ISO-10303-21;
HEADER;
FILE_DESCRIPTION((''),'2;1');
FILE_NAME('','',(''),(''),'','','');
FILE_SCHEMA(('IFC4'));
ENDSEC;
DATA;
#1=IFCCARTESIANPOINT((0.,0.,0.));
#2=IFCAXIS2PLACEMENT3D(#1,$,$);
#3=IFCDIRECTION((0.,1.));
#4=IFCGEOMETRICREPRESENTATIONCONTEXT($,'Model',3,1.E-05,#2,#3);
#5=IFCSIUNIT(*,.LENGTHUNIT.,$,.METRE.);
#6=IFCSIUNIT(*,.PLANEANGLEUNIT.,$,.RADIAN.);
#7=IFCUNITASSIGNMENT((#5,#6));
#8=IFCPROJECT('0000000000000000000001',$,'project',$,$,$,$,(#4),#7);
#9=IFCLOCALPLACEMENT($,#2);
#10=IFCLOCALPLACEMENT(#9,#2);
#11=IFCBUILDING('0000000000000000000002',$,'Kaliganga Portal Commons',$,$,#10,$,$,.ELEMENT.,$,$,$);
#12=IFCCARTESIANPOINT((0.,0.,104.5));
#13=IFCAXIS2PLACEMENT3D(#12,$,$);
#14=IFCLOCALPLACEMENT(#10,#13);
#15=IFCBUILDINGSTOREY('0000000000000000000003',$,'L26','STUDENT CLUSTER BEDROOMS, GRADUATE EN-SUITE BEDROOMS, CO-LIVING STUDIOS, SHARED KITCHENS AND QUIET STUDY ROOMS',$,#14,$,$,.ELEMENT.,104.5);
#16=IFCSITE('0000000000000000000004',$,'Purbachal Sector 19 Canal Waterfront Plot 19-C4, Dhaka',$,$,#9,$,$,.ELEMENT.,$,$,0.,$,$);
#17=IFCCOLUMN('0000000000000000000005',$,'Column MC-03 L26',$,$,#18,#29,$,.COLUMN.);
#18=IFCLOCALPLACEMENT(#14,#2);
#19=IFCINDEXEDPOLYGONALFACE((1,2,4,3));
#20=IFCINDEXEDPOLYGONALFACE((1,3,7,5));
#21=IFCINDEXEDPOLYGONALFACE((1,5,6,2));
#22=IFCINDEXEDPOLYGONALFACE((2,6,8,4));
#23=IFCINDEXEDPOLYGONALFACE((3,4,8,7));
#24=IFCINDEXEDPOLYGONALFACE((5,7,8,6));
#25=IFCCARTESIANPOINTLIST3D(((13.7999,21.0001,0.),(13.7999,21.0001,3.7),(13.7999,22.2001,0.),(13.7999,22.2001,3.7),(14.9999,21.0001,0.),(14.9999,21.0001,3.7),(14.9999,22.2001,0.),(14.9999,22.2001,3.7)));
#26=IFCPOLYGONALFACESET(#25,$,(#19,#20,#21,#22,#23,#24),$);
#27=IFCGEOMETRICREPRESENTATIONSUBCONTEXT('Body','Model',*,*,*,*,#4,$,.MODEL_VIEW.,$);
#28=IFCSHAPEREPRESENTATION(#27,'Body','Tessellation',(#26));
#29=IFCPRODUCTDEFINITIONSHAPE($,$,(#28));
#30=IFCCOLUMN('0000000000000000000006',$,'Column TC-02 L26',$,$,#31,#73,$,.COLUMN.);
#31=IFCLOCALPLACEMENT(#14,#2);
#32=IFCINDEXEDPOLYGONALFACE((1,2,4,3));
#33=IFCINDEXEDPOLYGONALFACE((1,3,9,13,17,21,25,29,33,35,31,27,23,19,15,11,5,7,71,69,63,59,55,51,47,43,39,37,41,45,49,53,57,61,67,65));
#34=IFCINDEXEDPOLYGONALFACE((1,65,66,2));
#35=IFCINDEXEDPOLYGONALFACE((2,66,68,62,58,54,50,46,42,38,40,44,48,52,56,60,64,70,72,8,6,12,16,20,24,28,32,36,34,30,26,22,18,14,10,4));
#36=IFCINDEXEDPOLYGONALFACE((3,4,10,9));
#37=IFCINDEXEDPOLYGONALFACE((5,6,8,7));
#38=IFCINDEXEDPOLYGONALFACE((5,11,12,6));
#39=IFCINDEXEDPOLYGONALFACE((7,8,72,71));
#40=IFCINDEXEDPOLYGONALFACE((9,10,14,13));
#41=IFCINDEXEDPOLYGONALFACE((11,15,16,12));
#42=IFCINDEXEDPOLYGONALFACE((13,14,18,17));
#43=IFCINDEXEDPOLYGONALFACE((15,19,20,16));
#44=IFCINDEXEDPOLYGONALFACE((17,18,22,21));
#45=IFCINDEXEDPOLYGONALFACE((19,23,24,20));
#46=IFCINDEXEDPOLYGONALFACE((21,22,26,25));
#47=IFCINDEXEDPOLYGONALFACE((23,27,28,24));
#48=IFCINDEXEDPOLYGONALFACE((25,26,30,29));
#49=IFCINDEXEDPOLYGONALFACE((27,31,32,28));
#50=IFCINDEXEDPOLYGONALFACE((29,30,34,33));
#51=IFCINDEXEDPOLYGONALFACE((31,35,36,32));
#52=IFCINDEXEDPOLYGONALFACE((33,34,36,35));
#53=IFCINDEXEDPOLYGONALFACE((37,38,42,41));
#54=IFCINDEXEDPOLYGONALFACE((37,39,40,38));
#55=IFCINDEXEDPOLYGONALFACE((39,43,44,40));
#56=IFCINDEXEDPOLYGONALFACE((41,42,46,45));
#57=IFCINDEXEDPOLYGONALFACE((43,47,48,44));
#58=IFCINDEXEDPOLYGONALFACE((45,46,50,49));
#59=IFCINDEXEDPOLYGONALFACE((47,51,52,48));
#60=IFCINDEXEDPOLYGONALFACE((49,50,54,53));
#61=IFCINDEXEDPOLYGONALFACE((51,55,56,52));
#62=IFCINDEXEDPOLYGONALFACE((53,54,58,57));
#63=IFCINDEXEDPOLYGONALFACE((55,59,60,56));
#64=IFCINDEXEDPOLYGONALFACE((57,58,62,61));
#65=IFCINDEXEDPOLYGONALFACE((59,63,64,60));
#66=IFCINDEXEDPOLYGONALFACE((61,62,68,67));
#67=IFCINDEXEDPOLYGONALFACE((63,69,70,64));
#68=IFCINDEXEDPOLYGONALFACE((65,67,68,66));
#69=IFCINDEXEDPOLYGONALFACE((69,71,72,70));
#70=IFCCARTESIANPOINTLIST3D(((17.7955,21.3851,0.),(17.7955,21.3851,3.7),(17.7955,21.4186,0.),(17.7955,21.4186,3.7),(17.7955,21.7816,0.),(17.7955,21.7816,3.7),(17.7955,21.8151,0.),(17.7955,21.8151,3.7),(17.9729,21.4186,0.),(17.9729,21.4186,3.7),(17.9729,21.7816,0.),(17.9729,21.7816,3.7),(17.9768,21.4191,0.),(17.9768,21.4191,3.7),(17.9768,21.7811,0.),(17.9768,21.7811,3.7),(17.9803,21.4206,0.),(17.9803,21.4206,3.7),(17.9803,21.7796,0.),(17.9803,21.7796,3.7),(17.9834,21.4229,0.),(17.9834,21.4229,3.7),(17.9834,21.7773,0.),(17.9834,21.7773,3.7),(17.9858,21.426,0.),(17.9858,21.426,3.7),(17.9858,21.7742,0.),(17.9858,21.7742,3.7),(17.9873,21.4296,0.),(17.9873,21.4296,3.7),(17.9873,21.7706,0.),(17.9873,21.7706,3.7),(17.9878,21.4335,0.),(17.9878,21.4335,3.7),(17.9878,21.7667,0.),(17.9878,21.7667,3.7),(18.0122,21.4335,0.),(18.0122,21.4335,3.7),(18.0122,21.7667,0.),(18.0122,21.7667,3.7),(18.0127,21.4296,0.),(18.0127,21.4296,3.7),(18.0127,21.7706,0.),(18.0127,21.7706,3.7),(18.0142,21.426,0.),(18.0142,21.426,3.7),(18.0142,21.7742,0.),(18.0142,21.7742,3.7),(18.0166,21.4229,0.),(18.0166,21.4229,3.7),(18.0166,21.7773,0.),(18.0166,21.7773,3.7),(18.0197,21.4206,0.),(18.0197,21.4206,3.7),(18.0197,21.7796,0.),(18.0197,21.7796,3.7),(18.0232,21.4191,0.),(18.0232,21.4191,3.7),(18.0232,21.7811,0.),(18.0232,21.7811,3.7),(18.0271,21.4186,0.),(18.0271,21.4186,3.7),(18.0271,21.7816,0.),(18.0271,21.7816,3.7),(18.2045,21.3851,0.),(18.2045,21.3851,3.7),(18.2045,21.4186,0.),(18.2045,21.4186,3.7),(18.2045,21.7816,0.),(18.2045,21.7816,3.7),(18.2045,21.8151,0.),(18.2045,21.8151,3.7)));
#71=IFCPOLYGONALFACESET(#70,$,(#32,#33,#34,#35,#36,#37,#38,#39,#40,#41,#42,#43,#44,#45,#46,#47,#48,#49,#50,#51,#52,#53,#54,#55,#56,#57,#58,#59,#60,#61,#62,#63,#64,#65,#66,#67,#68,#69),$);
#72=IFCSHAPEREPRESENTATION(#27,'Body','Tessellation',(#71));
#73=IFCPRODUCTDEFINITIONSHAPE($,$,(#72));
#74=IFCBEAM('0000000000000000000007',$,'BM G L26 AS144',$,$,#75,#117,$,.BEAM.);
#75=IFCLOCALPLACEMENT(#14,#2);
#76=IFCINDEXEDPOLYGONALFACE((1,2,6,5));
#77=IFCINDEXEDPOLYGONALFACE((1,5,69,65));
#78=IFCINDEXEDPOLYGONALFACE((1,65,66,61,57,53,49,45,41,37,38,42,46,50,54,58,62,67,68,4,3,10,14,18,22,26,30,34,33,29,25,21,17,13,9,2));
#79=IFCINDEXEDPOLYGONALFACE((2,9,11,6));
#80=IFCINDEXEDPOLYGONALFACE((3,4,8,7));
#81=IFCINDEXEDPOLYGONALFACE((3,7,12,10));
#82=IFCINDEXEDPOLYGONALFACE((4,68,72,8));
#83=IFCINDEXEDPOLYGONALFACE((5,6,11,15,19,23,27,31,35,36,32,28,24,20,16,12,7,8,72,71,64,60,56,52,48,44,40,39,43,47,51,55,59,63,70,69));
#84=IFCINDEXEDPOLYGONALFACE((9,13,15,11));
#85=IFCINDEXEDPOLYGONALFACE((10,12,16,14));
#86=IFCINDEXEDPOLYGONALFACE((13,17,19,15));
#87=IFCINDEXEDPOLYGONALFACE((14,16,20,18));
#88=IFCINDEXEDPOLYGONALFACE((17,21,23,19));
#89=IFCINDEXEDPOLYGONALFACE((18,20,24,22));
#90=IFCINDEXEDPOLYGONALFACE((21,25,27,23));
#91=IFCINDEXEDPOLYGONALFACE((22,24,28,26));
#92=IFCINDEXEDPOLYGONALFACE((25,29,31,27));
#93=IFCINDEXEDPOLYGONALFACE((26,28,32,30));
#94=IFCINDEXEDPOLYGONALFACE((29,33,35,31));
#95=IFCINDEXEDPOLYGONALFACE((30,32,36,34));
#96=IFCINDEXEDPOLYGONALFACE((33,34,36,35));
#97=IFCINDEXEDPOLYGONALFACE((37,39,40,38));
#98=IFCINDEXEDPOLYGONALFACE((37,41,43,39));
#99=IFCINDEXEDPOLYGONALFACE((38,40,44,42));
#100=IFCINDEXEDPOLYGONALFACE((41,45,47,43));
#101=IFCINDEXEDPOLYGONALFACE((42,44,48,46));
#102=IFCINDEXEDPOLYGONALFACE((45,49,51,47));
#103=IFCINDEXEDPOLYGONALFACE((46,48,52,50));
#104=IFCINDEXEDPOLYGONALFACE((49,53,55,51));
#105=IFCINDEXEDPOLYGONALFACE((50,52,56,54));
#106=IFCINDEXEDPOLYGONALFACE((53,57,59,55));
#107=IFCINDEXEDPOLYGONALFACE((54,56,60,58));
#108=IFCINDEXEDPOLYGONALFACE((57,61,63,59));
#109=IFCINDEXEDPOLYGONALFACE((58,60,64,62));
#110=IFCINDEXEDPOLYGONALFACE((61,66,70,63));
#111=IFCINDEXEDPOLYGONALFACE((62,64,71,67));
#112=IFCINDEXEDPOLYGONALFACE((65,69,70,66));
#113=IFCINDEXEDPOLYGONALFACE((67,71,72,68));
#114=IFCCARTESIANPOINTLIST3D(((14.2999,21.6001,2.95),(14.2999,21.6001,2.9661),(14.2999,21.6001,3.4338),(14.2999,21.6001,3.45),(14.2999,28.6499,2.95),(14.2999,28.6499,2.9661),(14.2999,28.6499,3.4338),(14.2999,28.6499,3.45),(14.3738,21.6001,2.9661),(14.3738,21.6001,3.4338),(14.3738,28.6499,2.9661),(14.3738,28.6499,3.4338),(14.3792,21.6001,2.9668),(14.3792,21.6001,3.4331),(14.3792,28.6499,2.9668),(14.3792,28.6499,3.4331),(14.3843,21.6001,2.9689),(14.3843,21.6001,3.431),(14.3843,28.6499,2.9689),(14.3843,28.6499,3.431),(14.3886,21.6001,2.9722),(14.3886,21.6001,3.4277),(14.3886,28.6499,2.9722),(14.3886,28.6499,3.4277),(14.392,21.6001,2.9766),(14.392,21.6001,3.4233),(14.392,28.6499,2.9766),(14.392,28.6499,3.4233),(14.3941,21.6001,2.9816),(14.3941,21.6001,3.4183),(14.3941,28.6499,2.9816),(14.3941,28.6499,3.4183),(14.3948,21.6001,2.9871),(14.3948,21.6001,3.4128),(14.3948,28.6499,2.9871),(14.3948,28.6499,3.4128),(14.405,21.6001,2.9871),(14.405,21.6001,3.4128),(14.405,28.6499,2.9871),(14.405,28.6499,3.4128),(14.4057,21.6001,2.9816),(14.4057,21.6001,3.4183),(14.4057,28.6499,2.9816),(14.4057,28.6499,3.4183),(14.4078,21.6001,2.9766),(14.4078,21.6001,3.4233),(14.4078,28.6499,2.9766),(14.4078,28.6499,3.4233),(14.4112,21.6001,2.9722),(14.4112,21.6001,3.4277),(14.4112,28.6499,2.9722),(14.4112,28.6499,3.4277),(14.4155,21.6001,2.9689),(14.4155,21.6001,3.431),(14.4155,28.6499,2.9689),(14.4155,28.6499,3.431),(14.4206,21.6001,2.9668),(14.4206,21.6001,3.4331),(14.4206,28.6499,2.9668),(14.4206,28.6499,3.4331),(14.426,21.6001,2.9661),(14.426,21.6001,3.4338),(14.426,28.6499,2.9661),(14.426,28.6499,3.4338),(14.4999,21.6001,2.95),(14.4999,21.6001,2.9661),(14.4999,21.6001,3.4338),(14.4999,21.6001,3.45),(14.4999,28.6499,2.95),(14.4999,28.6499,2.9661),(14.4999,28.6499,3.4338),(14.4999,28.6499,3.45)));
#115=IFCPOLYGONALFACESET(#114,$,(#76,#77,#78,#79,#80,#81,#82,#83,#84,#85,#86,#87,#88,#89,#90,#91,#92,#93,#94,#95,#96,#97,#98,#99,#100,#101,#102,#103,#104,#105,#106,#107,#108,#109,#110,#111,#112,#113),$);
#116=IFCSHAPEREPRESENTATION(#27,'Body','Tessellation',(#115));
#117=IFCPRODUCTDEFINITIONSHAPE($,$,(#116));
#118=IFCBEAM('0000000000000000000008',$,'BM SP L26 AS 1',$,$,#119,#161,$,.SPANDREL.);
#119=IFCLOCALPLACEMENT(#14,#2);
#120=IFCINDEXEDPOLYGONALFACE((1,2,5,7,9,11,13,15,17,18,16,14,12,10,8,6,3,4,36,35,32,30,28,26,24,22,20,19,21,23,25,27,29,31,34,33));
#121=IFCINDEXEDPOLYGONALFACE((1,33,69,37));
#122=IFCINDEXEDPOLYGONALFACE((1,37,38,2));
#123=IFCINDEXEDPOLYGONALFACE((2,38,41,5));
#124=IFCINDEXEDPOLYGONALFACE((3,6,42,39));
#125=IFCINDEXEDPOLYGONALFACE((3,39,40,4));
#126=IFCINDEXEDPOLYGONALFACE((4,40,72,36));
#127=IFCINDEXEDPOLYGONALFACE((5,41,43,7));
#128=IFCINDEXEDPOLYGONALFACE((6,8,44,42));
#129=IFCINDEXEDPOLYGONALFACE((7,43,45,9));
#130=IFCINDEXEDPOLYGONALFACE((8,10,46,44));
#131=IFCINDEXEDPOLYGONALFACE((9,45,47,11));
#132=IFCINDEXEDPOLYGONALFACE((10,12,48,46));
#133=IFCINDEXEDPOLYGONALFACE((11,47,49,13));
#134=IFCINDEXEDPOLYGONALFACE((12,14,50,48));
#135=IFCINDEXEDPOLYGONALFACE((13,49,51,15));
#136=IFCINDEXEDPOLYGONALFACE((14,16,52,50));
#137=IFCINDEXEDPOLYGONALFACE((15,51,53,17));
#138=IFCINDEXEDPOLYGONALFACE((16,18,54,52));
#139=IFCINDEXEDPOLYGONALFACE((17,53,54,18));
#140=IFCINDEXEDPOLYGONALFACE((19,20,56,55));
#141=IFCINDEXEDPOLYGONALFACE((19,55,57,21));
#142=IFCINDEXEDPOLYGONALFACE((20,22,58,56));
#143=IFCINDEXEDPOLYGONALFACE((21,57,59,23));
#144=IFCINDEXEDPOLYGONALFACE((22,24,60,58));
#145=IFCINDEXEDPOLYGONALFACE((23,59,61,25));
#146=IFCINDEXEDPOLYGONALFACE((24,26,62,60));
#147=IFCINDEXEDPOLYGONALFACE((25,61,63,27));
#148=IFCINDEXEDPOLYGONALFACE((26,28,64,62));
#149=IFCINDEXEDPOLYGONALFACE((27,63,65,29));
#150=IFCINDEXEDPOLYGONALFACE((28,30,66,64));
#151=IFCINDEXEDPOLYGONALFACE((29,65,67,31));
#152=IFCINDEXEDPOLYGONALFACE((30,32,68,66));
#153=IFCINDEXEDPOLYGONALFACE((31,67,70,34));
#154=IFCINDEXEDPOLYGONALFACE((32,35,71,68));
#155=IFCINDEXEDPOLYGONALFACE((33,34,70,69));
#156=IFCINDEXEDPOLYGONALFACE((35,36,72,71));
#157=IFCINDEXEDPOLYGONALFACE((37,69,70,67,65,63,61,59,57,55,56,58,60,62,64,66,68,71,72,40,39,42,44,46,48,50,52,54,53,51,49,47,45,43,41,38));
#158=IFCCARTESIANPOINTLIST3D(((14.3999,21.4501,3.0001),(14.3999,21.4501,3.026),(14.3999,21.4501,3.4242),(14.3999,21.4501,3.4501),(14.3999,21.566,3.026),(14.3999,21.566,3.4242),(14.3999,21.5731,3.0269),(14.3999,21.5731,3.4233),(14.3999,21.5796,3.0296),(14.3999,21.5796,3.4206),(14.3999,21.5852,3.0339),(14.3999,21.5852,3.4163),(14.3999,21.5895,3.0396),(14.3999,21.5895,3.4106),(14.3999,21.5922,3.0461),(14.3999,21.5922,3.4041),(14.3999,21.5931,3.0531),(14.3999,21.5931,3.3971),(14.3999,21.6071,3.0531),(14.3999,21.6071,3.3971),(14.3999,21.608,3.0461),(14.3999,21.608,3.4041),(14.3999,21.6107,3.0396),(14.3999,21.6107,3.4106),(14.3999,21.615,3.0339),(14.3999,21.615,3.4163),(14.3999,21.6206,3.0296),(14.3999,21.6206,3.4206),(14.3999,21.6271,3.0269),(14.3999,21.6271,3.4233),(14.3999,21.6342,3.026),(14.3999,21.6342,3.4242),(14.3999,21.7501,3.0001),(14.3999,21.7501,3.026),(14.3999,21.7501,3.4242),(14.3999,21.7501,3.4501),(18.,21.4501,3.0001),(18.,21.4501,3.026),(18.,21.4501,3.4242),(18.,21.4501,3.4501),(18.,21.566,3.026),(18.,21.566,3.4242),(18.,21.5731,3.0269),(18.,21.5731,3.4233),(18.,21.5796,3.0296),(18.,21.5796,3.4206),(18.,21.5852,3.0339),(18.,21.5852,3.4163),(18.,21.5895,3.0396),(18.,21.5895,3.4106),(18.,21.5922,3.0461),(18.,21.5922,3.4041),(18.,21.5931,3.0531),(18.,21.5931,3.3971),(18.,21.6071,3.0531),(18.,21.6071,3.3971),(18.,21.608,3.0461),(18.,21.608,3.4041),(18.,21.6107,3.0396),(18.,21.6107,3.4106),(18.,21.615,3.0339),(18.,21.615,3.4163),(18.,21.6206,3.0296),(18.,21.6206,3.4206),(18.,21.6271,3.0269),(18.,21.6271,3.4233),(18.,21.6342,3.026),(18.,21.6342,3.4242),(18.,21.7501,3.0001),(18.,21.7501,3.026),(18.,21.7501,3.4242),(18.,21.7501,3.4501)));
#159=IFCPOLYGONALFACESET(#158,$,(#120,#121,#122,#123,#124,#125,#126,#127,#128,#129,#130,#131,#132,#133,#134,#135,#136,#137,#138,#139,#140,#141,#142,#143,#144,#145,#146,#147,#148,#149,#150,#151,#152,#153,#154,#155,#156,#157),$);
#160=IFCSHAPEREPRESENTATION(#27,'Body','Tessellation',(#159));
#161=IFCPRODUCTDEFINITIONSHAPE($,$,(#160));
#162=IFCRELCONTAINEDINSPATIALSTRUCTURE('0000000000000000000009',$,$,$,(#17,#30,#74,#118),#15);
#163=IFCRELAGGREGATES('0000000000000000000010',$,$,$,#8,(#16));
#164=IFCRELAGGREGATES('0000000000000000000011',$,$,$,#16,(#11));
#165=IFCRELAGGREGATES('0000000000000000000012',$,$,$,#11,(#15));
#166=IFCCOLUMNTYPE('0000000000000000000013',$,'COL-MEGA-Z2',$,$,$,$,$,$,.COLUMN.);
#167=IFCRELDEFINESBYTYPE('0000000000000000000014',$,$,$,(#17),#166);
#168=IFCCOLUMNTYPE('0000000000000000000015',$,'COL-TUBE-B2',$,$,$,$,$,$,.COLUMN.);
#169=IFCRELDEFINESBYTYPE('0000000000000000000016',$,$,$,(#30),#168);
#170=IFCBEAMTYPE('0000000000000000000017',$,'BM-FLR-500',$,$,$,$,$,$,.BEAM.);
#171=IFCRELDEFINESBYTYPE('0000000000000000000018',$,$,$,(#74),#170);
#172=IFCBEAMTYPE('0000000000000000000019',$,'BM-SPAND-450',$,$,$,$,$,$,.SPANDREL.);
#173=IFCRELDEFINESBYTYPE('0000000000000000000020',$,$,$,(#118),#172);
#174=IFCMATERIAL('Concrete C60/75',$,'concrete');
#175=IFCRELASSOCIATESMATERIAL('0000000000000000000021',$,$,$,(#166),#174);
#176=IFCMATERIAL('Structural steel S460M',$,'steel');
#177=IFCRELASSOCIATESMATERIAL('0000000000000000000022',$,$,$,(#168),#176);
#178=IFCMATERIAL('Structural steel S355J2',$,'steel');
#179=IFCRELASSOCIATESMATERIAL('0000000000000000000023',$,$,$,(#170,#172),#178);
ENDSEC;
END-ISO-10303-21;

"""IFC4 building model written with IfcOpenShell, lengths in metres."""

from ifc_helpers import new_model, si_unit, direction, frame, origin, origin_2d, place, context, subcontext, project, spatial, rectangle, i_section, extrude, source, transform, mapped, material, material_profile, profile_set, type_object, element, save


model = new_model("IFC4")

# Units and contexts
model_context = context("Model", 3, precision=1e-05, world=origin(), true_north=direction((0.0, 1.0)))
body_context = subcontext(model_context, "Body", "Model", "MODEL_VIEW")
ifc_project = project(units=[si_unit("LENGTHUNIT", "METRE"), si_unit("PLANEANGLEUNIT", "RADIAN")], contexts=[model_context])

# Site, building, storey
site_placement = place(None, origin())
site = spatial("IfcSite", under=ifc_project, at=site_placement, Name="Purbachal Sector 19 Canal Waterfront Plot 19-C4, Dhaka", CompositionType="ELEMENT", RefElevation=0.0)
building_placement = place(site_placement, origin())
building = spatial("IfcBuilding", under=site, at=building_placement, Name="Kaliganga Portal Commons", CompositionType="ELEMENT")
storey_placement = place(building_placement, frame((0.0, 0.0, 104.5)))
storey = spatial("IfcBuildingStorey", under=building, at=storey_placement, Name="L26", Description="STUDENT CLUSTER BEDROOMS, GRADUATE EN-SUITE BEDROOMS, CO-LIVING STUDIOS, SHARED KITCHENS AND QUIET STUDY ROOMS", CompositionType="ELEMENT", Elevation=104.5)

# Columns
ifc_material_1 = material(Name="Concrete C60/75", Category="concrete")
ifc_material_profile_1 = material_profile(ifc_material_1, rectangle(XDim=1.2, YDim=1.2, at=origin_2d()), Name="RC 1200x1200")
ifc_profile_set_1 = profile_set([ifc_material_profile_1], Name="Concrete C60/75")
column_type_1 = type_object("IfcColumnType", Name="COL-MEGA-Z2", PredefinedType="COLUMN", material=ifc_profile_set_1)
shared_shape_1 = source(origin(), body_context, "Body", "SweptSolid", [
    extrude(rectangle(XDim=1.2, YDim=1.2, at=origin_2d()), origin(), (0.0, 0.0, 1.0), 3.7),
])
column_1_placement = place(storey_placement, frame((14.3999, 21.6001, 0.0), z_axis=(0.0, 0.0, 1.0), x_axis=(1.0, 0.0, 0.0)))
element("IfcColumn", 1, at=column_1_placement, inside=storey, type_object=column_type_1, Name="Column MC-03 L26", PredefinedType="COLUMN", context=body_context, shape_type="MappedRepresentation", body=[
    mapped(shared_shape_1, transform((0.0, 0.0, 0.0), x_axis=(1.0, 0.0, 0.0), y_axis=(0.0, 1.0, 0.0), z_axis=(0.0, 0.0, 1.0), scale=1.0)),
])
ifc_material_2 = material(Name="Structural steel S460M", Category="steel")
ifc_material_profile_2 = material_profile(ifc_material_2, i_section(OverallWidth=0.4089, OverallDepth=0.4299, WebThickness=0.0244, FlangeThickness=0.0334, FilletRadius=0.0149, at=origin_2d()), Name="HD 400x421")
ifc_profile_set_2 = profile_set([ifc_material_profile_2], Name="Structural steel S460M wide-flange")
column_type_2 = type_object("IfcColumnType", Name="COL-TUBE-B2", PredefinedType="COLUMN", material=ifc_profile_set_2)
shared_shape_2 = source(origin(), body_context, "Body", "SweptSolid", [
    extrude(i_section(OverallWidth=0.4089, OverallDepth=0.4299, WebThickness=0.0244, FlangeThickness=0.0334, FilletRadius=0.0149, at=origin_2d()), origin(), (0.0, 0.0, 1.0), 3.7),
])
column_2_placement = place(storey_placement, frame((18.0, 21.6001, 0.0), z_axis=(0.0, 0.0, 1.0), x_axis=(1.0, 0.0, 0.0)))
element("IfcColumn", 2, at=column_2_placement, inside=storey, type_object=column_type_2, Name="Column TC-02 L26", PredefinedType="COLUMN", context=body_context, shape_type="MappedRepresentation", body=[
    mapped(shared_shape_2, transform((0.0, 0.0, 0.0), x_axis=(1.0, 0.0, 0.0), y_axis=(0.0, 1.0, 0.0), z_axis=(0.0, 0.0, 1.0), scale=1.0)),
])

# Beams
ifc_material_3 = material(Name="Structural steel S355J2", Category="steel")
ifc_material_profile_3 = material_profile(ifc_material_3, i_section(OverallWidth=0.2, OverallDepth=0.5, WebThickness=0.0103, FlangeThickness=0.0161, FilletRadius=0.021, at=origin_2d()), Name="IPE 500")
ifc_profile_set_3 = profile_set([ifc_material_profile_3], Name="Structural steel S355J2 wide-flange")
beam_type_1 = type_object("IfcBeamType", Name="BM-FLR-500", PredefinedType="BEAM", material=ifc_profile_set_3)
shared_shape_3 = source(origin(), body_context, "Body", "SweptSolid", [
    extrude(i_section(OverallWidth=0.2, OverallDepth=0.5, WebThickness=0.0103, FlangeThickness=0.0161, FilletRadius=0.021, at=origin_2d()), origin(), (0.0, 0.0, 1.0), 7.0498),
])
beam_1_placement = place(storey_placement, frame((14.3999, 21.6001, 3.2), z_axis=(0.0, 1.0, 0.0), x_axis=(-1.0, 0.0, 0.0)))
element("IfcBeam", 3, at=beam_1_placement, inside=storey, type_object=beam_type_1, Name="BM G L26 AS144", PredefinedType="BEAM", context=body_context, shape_type="MappedRepresentation", body=[
    mapped(shared_shape_3, transform((0.0, 0.0, 0.0), x_axis=(1.0, 0.0, 0.0), y_axis=(0.0, 1.0, 0.0), z_axis=(0.0, 0.0, 1.0), scale=1.0)),
])
ifc_material_profile_4 = material_profile(ifc_material_3, i_section(OverallWidth=0.3, OverallDepth=0.45, WebThickness=0.0139, FlangeThickness=0.0259, FilletRadius=0.0271, at=origin_2d()), Name="HE 450 B")
ifc_profile_set_4 = profile_set([ifc_material_profile_4], Name="Structural steel S355J2 wide-flange")
beam_type_2 = type_object("IfcBeamType", Name="BM-SPAND-450", PredefinedType="SPANDREL", material=ifc_profile_set_4)
shared_shape_4 = source(origin(), body_context, "Body", "SweptSolid", [
    extrude(i_section(OverallWidth=0.3, OverallDepth=0.45, WebThickness=0.0139, FlangeThickness=0.0259, FilletRadius=0.0271, at=origin_2d()), origin(), (0.0, 0.0, 1.0), 3.6001),
])
for number, where, z_axis, x_axis, name in (
    (4, (14.3999, 21.6001, 3.2251), (1.0, 0.0, 0.0), (0.0, 1.0, 0.0), "BM SP L26 AS 1"),
):
    element("IfcBeam", number, at=place(storey_placement, frame(where, z_axis=z_axis, x_axis=x_axis)), inside=storey, type_object=beam_type_2, Name=name, PredefinedType="SPANDREL", context=body_context, shape_type="MappedRepresentation", body=[
        mapped(shared_shape_4, transform((0.0, 0.0, 0.0), x_axis=(1.0, 0.0, 0.0), y_axis=(0.0, 1.0, 0.0), z_axis=(0.0, 0.0, 1.0), scale=1.0)),
    ])

save(model, "model.ifc")
